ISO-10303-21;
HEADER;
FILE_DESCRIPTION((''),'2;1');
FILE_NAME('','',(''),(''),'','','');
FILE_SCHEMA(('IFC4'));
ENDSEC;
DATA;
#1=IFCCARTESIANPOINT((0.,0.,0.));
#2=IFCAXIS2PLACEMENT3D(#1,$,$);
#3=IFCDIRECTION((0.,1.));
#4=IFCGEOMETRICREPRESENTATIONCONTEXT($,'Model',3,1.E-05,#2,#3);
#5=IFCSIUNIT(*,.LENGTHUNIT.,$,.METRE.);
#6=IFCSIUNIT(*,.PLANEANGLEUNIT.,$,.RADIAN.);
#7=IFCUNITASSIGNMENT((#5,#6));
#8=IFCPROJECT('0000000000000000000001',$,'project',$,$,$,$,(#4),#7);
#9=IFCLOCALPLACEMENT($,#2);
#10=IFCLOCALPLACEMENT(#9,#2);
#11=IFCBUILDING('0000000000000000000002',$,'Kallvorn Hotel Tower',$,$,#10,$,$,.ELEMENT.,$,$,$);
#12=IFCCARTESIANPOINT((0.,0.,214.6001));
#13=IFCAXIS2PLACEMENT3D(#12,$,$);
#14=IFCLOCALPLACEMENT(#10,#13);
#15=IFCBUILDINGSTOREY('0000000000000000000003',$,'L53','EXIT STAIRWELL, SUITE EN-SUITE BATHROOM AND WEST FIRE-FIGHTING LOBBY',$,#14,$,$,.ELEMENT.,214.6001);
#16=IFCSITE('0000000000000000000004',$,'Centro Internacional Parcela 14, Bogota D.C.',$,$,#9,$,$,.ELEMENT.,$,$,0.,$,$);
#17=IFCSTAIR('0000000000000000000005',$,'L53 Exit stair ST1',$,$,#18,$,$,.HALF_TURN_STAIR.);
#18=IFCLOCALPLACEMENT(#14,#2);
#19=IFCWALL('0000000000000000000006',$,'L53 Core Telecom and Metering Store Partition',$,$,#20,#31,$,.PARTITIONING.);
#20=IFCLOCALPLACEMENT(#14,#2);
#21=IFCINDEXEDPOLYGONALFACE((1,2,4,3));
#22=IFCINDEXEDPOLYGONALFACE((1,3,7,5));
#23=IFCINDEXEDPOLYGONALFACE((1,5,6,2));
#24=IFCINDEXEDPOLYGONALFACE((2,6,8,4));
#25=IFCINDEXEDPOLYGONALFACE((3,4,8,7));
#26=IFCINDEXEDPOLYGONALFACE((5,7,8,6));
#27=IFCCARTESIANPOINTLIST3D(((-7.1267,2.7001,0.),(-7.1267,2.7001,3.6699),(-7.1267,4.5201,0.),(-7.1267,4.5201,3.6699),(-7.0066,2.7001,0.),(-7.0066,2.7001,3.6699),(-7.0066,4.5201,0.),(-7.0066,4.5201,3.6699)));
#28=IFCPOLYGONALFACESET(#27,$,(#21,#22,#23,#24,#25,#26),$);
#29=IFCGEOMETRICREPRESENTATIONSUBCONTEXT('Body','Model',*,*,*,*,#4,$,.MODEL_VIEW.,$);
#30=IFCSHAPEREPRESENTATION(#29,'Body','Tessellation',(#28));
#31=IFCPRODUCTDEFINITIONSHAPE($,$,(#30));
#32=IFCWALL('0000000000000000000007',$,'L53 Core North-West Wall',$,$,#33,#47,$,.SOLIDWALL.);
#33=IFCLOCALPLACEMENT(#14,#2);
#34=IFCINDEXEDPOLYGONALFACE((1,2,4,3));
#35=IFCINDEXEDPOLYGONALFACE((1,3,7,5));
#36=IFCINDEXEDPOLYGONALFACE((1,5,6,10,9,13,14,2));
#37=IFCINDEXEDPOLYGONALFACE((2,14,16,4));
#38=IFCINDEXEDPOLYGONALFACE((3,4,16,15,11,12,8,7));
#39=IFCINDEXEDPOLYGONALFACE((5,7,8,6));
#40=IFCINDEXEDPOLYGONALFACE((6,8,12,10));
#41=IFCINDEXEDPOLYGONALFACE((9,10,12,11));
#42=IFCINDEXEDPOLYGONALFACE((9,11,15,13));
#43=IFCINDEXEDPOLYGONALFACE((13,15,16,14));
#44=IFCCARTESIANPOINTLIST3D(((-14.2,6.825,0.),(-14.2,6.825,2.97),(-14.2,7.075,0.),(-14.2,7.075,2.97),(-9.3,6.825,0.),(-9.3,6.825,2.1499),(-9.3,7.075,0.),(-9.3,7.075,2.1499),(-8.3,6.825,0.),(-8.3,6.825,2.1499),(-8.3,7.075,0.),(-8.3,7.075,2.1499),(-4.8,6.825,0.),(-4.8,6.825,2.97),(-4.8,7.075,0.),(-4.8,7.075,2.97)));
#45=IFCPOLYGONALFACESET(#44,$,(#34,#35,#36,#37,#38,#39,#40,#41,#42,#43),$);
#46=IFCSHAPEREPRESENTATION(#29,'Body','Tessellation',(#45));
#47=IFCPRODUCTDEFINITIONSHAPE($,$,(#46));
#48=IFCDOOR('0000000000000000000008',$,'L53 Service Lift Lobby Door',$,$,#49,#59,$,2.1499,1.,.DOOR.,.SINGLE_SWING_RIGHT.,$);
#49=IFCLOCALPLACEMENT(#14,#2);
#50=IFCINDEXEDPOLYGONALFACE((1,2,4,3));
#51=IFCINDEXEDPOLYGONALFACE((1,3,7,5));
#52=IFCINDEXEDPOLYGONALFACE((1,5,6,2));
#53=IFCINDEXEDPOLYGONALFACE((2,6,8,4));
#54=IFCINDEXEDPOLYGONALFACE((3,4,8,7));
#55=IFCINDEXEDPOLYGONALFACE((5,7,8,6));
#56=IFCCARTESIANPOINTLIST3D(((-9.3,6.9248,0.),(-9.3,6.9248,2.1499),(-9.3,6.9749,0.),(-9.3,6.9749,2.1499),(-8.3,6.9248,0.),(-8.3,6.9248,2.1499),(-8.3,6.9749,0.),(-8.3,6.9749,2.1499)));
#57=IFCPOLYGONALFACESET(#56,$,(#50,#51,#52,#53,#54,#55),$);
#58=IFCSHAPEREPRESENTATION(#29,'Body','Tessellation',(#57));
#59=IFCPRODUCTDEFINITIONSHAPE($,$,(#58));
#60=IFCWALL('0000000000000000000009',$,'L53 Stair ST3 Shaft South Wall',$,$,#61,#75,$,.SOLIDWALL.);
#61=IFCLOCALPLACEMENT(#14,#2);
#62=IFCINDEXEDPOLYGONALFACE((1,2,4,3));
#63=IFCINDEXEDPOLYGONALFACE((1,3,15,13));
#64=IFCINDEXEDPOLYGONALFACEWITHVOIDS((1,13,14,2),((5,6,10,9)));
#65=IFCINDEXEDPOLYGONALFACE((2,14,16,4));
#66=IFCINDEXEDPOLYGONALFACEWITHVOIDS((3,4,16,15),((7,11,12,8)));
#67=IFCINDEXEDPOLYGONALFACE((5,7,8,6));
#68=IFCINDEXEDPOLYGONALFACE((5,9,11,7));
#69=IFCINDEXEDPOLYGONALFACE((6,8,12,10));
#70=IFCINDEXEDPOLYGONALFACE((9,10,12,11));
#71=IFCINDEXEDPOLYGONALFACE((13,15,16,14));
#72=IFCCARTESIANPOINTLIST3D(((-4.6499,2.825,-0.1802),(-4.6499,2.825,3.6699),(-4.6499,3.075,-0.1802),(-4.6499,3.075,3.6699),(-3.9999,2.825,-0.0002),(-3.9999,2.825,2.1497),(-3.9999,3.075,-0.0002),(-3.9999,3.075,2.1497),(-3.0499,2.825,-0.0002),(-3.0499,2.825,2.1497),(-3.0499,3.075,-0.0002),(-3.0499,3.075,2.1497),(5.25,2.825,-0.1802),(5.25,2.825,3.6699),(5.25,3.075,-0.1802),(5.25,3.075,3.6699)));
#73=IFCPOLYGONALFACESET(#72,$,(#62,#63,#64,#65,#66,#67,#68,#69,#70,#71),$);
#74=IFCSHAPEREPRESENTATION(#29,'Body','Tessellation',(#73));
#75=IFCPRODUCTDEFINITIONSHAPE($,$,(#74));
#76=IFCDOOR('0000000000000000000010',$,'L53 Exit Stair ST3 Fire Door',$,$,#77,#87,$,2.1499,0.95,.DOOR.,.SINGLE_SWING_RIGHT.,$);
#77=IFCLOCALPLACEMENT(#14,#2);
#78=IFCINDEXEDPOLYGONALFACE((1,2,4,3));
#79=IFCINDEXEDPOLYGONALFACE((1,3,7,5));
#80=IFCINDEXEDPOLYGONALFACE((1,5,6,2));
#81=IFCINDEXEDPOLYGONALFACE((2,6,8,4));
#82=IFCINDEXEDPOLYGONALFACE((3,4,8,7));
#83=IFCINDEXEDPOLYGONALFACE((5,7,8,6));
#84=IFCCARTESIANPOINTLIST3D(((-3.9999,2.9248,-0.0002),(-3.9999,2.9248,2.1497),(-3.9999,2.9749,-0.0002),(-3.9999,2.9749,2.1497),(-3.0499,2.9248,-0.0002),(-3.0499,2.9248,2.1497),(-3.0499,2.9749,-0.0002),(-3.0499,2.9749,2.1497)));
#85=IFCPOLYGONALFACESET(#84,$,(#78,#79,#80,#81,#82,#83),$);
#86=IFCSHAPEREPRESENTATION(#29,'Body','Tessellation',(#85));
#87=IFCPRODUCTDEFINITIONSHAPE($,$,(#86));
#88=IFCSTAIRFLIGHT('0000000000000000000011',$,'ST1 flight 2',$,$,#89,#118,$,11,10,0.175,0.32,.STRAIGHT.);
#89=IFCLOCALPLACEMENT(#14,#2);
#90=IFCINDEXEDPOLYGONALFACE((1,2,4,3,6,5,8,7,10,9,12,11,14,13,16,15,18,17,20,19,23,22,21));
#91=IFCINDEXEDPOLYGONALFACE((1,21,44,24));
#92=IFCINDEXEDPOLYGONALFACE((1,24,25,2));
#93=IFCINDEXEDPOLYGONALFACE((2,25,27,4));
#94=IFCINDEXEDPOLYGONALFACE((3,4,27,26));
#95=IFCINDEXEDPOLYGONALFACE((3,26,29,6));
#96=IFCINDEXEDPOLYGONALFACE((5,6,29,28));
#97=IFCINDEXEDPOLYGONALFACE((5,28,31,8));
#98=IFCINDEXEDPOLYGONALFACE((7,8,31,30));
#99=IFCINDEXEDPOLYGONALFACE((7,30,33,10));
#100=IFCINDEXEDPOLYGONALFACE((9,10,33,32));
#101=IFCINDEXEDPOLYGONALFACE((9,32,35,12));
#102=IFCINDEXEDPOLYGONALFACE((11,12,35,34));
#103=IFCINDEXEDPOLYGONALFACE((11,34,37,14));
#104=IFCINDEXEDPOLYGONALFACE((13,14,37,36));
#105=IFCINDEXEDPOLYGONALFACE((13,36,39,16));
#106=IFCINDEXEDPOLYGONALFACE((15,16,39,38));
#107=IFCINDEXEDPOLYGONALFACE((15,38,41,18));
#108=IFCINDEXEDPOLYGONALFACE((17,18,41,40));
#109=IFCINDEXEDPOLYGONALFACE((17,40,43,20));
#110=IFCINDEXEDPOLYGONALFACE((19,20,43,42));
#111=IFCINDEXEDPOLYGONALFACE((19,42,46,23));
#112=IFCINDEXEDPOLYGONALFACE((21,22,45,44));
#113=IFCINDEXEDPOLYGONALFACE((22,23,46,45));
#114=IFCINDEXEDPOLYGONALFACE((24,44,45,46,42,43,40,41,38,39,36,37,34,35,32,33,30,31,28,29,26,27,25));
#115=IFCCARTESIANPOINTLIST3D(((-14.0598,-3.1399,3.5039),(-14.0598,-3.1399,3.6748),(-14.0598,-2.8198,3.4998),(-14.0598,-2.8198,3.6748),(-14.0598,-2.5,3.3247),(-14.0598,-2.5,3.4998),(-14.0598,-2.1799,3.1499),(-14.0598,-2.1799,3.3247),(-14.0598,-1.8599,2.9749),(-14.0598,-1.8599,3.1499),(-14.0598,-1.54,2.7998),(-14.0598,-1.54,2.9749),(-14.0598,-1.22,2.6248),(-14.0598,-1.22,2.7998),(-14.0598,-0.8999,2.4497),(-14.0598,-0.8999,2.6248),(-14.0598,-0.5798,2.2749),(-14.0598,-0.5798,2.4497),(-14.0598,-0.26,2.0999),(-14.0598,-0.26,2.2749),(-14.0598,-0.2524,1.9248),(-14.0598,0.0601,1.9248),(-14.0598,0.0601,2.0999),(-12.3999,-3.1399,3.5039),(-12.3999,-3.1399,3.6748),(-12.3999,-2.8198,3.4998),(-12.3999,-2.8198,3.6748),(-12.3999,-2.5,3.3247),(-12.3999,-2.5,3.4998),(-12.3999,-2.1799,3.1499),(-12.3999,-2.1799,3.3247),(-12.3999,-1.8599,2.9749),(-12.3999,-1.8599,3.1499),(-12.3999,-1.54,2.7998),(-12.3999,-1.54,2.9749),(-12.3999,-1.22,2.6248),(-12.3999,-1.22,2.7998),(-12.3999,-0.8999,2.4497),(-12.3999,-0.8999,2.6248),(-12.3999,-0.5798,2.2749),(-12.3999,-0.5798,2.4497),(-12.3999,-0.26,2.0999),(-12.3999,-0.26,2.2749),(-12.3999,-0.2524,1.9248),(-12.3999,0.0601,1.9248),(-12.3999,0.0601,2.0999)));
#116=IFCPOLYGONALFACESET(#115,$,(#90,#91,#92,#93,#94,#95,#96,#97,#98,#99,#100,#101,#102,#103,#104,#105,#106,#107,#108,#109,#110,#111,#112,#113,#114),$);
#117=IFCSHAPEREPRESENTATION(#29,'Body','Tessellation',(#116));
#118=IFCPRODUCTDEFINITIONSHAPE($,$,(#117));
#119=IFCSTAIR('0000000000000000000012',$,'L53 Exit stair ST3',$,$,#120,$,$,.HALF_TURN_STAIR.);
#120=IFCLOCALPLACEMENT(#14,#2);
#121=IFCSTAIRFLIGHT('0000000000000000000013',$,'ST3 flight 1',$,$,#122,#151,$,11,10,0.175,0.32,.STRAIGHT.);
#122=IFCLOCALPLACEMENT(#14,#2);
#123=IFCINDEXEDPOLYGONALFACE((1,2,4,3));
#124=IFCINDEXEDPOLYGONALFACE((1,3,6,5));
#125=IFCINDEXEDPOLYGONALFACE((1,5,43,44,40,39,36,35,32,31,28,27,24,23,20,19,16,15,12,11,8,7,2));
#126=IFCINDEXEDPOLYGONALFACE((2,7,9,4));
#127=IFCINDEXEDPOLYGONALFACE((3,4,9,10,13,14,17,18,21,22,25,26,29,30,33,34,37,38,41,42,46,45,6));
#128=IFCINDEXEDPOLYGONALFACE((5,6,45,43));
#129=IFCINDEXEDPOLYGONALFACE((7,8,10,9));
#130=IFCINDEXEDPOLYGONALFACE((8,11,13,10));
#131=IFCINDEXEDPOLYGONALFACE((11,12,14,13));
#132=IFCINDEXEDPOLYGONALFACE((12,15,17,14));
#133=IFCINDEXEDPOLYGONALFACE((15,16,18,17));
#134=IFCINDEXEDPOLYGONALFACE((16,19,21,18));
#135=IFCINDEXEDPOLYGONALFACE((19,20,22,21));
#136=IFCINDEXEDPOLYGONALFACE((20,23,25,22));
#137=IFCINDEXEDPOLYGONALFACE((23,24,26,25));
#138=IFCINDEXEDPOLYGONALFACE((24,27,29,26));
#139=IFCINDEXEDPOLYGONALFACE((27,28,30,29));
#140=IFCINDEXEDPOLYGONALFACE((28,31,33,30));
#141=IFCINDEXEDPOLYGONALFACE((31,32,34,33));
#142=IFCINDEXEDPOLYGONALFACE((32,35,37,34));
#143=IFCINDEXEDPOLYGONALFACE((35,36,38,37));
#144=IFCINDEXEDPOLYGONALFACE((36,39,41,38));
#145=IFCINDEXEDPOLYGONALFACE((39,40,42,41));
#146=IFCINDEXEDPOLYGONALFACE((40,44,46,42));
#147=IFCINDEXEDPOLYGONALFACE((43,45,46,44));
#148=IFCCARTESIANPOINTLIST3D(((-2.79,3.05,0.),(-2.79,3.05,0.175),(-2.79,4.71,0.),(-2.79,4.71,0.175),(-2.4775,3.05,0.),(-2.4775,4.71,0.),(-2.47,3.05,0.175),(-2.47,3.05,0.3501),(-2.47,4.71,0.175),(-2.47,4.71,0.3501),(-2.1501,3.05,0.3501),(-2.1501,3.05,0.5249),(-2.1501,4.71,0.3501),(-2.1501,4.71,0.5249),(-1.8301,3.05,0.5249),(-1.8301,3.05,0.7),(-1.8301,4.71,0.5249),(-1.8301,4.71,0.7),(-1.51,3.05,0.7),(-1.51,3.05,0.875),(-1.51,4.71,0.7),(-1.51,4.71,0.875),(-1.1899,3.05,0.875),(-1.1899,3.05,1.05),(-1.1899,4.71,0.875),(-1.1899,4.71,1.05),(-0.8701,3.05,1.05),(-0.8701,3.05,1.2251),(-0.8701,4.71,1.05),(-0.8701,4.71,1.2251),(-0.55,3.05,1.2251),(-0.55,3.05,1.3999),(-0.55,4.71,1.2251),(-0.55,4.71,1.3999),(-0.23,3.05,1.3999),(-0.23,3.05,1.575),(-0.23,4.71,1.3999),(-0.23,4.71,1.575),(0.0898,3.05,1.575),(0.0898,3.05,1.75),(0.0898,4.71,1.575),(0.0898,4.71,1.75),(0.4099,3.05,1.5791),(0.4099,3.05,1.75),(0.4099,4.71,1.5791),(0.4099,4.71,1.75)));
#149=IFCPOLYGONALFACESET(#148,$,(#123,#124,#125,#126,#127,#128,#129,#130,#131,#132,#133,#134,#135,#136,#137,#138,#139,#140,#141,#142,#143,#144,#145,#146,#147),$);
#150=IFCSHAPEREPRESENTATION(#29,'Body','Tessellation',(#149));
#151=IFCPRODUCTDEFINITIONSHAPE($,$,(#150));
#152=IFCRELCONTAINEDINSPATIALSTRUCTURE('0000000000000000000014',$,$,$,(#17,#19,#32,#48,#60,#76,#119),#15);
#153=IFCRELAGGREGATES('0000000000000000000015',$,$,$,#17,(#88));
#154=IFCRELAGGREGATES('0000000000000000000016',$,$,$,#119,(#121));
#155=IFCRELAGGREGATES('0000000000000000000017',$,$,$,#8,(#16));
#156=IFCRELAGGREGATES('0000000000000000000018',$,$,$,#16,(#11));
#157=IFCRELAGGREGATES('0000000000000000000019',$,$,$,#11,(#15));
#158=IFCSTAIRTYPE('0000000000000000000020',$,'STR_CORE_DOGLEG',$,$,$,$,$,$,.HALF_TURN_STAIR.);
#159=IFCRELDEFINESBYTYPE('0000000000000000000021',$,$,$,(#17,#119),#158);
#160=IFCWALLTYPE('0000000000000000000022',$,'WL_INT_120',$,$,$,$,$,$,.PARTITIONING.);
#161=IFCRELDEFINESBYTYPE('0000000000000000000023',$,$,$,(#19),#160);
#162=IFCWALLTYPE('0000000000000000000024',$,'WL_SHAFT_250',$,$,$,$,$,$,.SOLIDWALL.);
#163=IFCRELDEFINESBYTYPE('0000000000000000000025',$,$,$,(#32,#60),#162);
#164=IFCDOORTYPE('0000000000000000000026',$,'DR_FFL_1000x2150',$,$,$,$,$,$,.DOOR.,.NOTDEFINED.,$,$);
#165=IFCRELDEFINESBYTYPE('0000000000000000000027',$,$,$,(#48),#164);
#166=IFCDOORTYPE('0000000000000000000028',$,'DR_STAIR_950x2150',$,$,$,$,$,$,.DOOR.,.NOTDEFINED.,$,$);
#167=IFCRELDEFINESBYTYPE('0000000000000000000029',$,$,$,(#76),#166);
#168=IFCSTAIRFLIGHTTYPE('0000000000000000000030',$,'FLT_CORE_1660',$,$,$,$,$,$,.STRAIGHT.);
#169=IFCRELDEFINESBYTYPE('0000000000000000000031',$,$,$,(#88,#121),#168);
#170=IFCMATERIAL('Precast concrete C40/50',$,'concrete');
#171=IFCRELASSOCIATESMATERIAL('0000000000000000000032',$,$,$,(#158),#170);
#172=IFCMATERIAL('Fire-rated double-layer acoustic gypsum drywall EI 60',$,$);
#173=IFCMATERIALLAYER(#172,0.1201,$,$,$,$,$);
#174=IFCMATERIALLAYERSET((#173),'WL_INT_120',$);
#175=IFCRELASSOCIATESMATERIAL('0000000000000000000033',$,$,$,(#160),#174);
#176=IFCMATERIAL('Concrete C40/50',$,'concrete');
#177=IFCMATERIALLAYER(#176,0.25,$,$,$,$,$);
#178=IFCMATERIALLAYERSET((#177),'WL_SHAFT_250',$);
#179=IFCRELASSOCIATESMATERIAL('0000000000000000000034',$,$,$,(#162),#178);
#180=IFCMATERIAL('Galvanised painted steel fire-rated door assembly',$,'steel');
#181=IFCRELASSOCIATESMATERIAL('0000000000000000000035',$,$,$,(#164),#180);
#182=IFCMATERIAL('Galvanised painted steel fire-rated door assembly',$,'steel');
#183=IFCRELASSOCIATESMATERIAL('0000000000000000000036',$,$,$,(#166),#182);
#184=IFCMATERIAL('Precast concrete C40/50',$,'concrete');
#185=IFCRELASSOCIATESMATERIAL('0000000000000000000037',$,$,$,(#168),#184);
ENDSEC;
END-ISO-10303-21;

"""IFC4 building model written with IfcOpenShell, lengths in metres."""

from ifc_helpers import new_model, si_unit, direction, frame, frame_2d, origin, place, context, subcontext, project, spatial, polyline, rectangle, outline, extrude, material, layer, layer_set, type_object, element, fill, aggregate, save


model = new_model("IFC4")

# Units and contexts
model_context = context("Model", 3, precision=1e-05, world=origin(), true_north=direction((0.0, 1.0)))
body_context = subcontext(model_context, "Body", "Model", "MODEL_VIEW")
ifc_project = project(units=[si_unit("LENGTHUNIT", "METRE"), si_unit("PLANEANGLEUNIT", "RADIAN")], contexts=[model_context])

# Site, building, storey
site_placement = place(None, origin())
site = spatial("IfcSite", under=ifc_project, at=site_placement, Name="Centro Internacional Parcela 14, Bogota D.C.", CompositionType="ELEMENT", RefElevation=0.0)
building_placement = place(site_placement, origin())
building = spatial("IfcBuilding", under=site, at=building_placement, Name="Kallvorn Hotel Tower", CompositionType="ELEMENT")
storey_placement = place(building_placement, frame((0.0, 0.0, 214.6001)))
storey = spatial("IfcBuildingStorey", under=building, at=storey_placement, Name="L53", Description="EXIT STAIRWELL, SUITE EN-SUITE BATHROOM AND WEST FIRE-FIGHTING LOBBY", CompositionType="ELEMENT", Elevation=214.6001)

# Stair
ifc_material_1 = material(Name="Precast concrete C40/50", Category="concrete")
stair_type = type_object("IfcStairType", Name="STR_CORE_DOGLEG", PredefinedType="HALF_TURN_STAIR", material=ifc_material_1)
stair_1_placement = place(storey_placement, origin())
stair_1 = element("IfcStair", 1, at=stair_1_placement, inside=storey, type_object=stair_type, Name="L53 Exit stair ST1", PredefinedType="HALF_TURN_STAIR")

# Shared definitions
ifc_material_2 = material(Name="Fire-rated double-layer acoustic gypsum drywall EI 60")
ifc_layer_1 = layer(ifc_material_2, 0.1201)
ifc_layer_set_1 = layer_set([ifc_layer_1], Name="WL_INT_120")
wall_type_1 = type_object("IfcWallType", Name="WL_INT_120", PredefinedType="PARTITIONING", material=ifc_layer_set_1)

# Wall
wall_1_placement = place(storey_placement, frame((-7.0667, 2.7, 0.0), z_axis=(0.0, 0.0, 1.0), x_axis=(0.0, 1.0, 0.0)))
element("IfcWall", 2, at=wall_1_placement, inside=storey, type_object=wall_type_1, Name="L53 Core Telecom and Metering Store Partition", PredefinedType="PARTITIONING", context=body_context, shape_type="SweptSolid", body=[
    extrude(rectangle(XDim=1.8201, YDim=0.1201, at=frame_2d((0.9102, 0.0))), origin(), (0.0, 0.0, 1.0), 3.6699),
])

# Walls, openings, doors
ifc_material_3 = material(Name="Concrete C40/50", Category="concrete")
ifc_layer_2 = layer(ifc_material_3, 0.25)
ifc_layer_set_2 = layer_set([ifc_layer_2], Name="WL_SHAFT_250")
wall_type_2 = type_object("IfcWallType", Name="WL_SHAFT_250", PredefinedType="SOLIDWALL", material=ifc_layer_set_2)
wall_2_placement = place(storey_placement, frame((-14.2, 6.95, 0.0), z_axis=(0.0, 0.0, 1.0), x_axis=(1.0, 0.0, 0.0)))
wall_2 = element("IfcWall", 3, at=wall_2_placement, inside=storey, type_object=wall_type_2, Name="L53 Core North-West Wall", PredefinedType="SOLIDWALL", context=body_context, shape_type="SweptSolid", body=[
    extrude(rectangle(XDim=9.3999, YDim=0.25, at=frame_2d((4.7, 0.0))), origin(), (0.0, 0.0, 1.0), 2.97),
])
opening_1_placement = place(wall_2_placement, frame((4.8999, 0.0, 0.0)))
opening_1 = element("IfcOpeningElement", 4, at=opening_1_placement, cuts=wall_2, PredefinedType="OPENING", context=body_context, shape_type="SweptSolid", body=[
    extrude(rectangle(XDim=1.0, YDim=2.1499, at=frame_2d((0.5, 1.075))), frame((0.0, 0.1399, 0.0), z_axis=(0.0, -1.0, 0.0), x_axis=(1.0, 0.0, 0.0)), (0.0, 0.0, 1.0), 0.28),
])
ifc_material_4 = material(Name="Galvanised painted steel fire-rated door assembly", Category="steel")
door_type_1 = type_object("IfcDoorType", Name="DR_FFL_1000x2150", OperationType="NOTDEFINED", PredefinedType="DOOR", material=ifc_material_4)
door_1_placement = place(opening_1_placement, origin())
door_1 = element("IfcDoor", 5, at=door_1_placement, inside=storey, type_object=door_type_1, Name="L53 Service Lift Lobby Door", OperationType="SINGLE_SWING_RIGHT", OverallHeight=2.1499, OverallWidth=1.0, PredefinedType="DOOR", context=body_context, shape_type="SweptSolid", body=[
    extrude(rectangle(XDim=1.0, YDim=2.1499, at=frame_2d((0.5, 1.075))), frame((0.0, 0.0249, 0.0), z_axis=(0.0, -1.0, 0.0), x_axis=(1.0, 0.0, 0.0)), (0.0, 0.0, 1.0), 0.05),
])
fill(opening_1, door_1)
wall_3_placement = place(storey_placement, frame((-4.6499, 2.95, -0.1802), z_axis=(0.0, 0.0, 1.0), x_axis=(1.0, 0.0, 0.0)))
wall_3 = element("IfcWall", 6, at=wall_3_placement, inside=storey, type_object=wall_type_2, Name="L53 Stair ST3 Shaft South Wall", PredefinedType="SOLIDWALL", context=body_context, shape_type="SweptSolid", body=[
    extrude(rectangle(XDim=9.8999, YDim=0.25, at=frame_2d((4.95, 0.0))), origin(), (0.0, 0.0, 1.0), 3.8501),
])
opening_2_placement = place(wall_3_placement, frame((0.6499, 0.0, 0.1799)))
opening_2 = element("IfcOpeningElement", 7, at=opening_2_placement, cuts=wall_3, PredefinedType="OPENING", context=body_context, shape_type="SweptSolid", body=[
    extrude(rectangle(XDim=0.95, YDim=2.1499, at=frame_2d((0.4751, 1.075))), frame((0.0, 0.1399, 0.0), z_axis=(0.0, -1.0, 0.0), x_axis=(1.0, 0.0, 0.0)), (0.0, 0.0, 1.0), 0.28),
])
ifc_material_5 = material(Name="Galvanised painted steel fire-rated door assembly", Category="steel")
door_type_2 = type_object("IfcDoorType", Name="DR_STAIR_950x2150", OperationType="NOTDEFINED", PredefinedType="DOOR", material=ifc_material_5)
door_2_placement = place(opening_2_placement, origin())
door_2 = element("IfcDoor", 8, at=door_2_placement, inside=storey, type_object=door_type_2, Name="L53 Exit Stair ST3 Fire Door", OperationType="SINGLE_SWING_RIGHT", OverallHeight=2.1499, OverallWidth=0.95, PredefinedType="DOOR", context=body_context, shape_type="SweptSolid", body=[
    extrude(rectangle(XDim=0.95, YDim=2.1499, at=frame_2d((0.4751, 1.075))), frame((0.0, 0.0249, 0.0), z_axis=(0.0, -1.0, 0.0), x_axis=(1.0, 0.0, 0.0)), (0.0, 0.0, 1.0), 0.05),
])
fill(opening_2, door_2)

# Stair flight
ifc_material_6 = material(Name="Precast concrete C40/50", Category="concrete")
stair_flight_type = type_object("IfcStairFlightType", Name="FLT_CORE_1660", PredefinedType="STRAIGHT", material=ifc_material_6)
stair_flight_1_placement = place(storey_placement, frame((-13.23, 0.0601, 1.9248), z_axis=(0.0, 0.0, 1.0), x_axis=(0.0, -1.0, 0.0)))
stair_flight_1 = element("IfcStairFlight", 9, at=stair_flight_1_placement, type_object=stair_flight_type, Name="ST1 flight 2", NumberOfRisers=11, NumberOfTreads=10, PredefinedType="STRAIGHT", RiserHeight=0.175, TreadLength=0.32, context=body_context, shape_type="SweptSolid", body=[
    extrude(outline(polyline([(0.0, 0.0), (0.0, 0.175), (0.3201, 0.175), (0.3201, 0.3501), (0.6399, 0.3501), (0.6399, 0.5249), (0.96, 0.5249), (0.96, 0.7), (1.28, 0.7), (1.28, 0.875), (1.6001, 0.875), (1.6001, 1.05), (1.9199, 1.05), (1.9199, 1.2251), (2.24, 1.2251), (2.24, 1.3999), (2.5601, 1.3999), (2.5601, 1.575), (2.8799, 1.575), (2.8799, 1.75), (3.2, 1.75), (3.2, 1.925), (3.2, 1.5791), (0.3125, 0.0), (0.0, 0.0)])), frame((0.0, 0.8301, 0.0), z_axis=(0.0, -1.0, 0.0), x_axis=(1.0, 0.0, 0.0)), (0.0, 0.0, 1.0), 1.6599),
])
aggregate(stair_1, [stair_flight_1])

# Stair, stair flight
stair_2_placement = place(storey_placement, origin())
stair_2 = element("IfcStair", 10, at=stair_2_placement, inside=storey, type_object=stair_type, Name="L53 Exit stair ST3", PredefinedType="HALF_TURN_STAIR")
stair_flight_2_placement = place(storey_placement, frame((-2.79, 3.8799, 0.0), z_axis=(0.0, 0.0, 1.0), x_axis=(1.0, 0.0, 0.0)))
stair_flight_2 = element("IfcStairFlight", 11, at=stair_flight_2_placement, type_object=stair_flight_type, Name="ST3 flight 1", NumberOfRisers=11, NumberOfTreads=10, PredefinedType="STRAIGHT", RiserHeight=0.175, TreadLength=0.32, context=body_context, shape_type="SweptSolid", body=[
    extrude(outline(polyline([(0.0, 0.0), (0.0, 0.175), (0.3201, 0.175), (0.3201, 0.3501), (0.6399, 0.3501), (0.6399, 0.5249), (0.96, 0.5249), (0.96, 0.7), (1.28, 0.7), (1.28, 0.875), (1.6001, 0.875), (1.6001, 1.05), (1.9199, 1.05), (1.9199, 1.2251), (2.24, 1.2251), (2.24, 1.3999), (2.5601, 1.3999), (2.5601, 1.575), (2.8799, 1.575), (2.8799, 1.75), (3.2, 1.75), (3.2, 1.925), (3.2, 1.5791), (0.3125, 0.0), (0.0, 0.0)])), frame((0.0, 0.8301, 0.0), z_axis=(0.0, -1.0, 0.0), x_axis=(1.0, 0.0, 0.0)), (0.0, 0.0, 1.0), 1.6599),
])
aggregate(stair_2, [stair_flight_2])

save(model, "model.ifc")
